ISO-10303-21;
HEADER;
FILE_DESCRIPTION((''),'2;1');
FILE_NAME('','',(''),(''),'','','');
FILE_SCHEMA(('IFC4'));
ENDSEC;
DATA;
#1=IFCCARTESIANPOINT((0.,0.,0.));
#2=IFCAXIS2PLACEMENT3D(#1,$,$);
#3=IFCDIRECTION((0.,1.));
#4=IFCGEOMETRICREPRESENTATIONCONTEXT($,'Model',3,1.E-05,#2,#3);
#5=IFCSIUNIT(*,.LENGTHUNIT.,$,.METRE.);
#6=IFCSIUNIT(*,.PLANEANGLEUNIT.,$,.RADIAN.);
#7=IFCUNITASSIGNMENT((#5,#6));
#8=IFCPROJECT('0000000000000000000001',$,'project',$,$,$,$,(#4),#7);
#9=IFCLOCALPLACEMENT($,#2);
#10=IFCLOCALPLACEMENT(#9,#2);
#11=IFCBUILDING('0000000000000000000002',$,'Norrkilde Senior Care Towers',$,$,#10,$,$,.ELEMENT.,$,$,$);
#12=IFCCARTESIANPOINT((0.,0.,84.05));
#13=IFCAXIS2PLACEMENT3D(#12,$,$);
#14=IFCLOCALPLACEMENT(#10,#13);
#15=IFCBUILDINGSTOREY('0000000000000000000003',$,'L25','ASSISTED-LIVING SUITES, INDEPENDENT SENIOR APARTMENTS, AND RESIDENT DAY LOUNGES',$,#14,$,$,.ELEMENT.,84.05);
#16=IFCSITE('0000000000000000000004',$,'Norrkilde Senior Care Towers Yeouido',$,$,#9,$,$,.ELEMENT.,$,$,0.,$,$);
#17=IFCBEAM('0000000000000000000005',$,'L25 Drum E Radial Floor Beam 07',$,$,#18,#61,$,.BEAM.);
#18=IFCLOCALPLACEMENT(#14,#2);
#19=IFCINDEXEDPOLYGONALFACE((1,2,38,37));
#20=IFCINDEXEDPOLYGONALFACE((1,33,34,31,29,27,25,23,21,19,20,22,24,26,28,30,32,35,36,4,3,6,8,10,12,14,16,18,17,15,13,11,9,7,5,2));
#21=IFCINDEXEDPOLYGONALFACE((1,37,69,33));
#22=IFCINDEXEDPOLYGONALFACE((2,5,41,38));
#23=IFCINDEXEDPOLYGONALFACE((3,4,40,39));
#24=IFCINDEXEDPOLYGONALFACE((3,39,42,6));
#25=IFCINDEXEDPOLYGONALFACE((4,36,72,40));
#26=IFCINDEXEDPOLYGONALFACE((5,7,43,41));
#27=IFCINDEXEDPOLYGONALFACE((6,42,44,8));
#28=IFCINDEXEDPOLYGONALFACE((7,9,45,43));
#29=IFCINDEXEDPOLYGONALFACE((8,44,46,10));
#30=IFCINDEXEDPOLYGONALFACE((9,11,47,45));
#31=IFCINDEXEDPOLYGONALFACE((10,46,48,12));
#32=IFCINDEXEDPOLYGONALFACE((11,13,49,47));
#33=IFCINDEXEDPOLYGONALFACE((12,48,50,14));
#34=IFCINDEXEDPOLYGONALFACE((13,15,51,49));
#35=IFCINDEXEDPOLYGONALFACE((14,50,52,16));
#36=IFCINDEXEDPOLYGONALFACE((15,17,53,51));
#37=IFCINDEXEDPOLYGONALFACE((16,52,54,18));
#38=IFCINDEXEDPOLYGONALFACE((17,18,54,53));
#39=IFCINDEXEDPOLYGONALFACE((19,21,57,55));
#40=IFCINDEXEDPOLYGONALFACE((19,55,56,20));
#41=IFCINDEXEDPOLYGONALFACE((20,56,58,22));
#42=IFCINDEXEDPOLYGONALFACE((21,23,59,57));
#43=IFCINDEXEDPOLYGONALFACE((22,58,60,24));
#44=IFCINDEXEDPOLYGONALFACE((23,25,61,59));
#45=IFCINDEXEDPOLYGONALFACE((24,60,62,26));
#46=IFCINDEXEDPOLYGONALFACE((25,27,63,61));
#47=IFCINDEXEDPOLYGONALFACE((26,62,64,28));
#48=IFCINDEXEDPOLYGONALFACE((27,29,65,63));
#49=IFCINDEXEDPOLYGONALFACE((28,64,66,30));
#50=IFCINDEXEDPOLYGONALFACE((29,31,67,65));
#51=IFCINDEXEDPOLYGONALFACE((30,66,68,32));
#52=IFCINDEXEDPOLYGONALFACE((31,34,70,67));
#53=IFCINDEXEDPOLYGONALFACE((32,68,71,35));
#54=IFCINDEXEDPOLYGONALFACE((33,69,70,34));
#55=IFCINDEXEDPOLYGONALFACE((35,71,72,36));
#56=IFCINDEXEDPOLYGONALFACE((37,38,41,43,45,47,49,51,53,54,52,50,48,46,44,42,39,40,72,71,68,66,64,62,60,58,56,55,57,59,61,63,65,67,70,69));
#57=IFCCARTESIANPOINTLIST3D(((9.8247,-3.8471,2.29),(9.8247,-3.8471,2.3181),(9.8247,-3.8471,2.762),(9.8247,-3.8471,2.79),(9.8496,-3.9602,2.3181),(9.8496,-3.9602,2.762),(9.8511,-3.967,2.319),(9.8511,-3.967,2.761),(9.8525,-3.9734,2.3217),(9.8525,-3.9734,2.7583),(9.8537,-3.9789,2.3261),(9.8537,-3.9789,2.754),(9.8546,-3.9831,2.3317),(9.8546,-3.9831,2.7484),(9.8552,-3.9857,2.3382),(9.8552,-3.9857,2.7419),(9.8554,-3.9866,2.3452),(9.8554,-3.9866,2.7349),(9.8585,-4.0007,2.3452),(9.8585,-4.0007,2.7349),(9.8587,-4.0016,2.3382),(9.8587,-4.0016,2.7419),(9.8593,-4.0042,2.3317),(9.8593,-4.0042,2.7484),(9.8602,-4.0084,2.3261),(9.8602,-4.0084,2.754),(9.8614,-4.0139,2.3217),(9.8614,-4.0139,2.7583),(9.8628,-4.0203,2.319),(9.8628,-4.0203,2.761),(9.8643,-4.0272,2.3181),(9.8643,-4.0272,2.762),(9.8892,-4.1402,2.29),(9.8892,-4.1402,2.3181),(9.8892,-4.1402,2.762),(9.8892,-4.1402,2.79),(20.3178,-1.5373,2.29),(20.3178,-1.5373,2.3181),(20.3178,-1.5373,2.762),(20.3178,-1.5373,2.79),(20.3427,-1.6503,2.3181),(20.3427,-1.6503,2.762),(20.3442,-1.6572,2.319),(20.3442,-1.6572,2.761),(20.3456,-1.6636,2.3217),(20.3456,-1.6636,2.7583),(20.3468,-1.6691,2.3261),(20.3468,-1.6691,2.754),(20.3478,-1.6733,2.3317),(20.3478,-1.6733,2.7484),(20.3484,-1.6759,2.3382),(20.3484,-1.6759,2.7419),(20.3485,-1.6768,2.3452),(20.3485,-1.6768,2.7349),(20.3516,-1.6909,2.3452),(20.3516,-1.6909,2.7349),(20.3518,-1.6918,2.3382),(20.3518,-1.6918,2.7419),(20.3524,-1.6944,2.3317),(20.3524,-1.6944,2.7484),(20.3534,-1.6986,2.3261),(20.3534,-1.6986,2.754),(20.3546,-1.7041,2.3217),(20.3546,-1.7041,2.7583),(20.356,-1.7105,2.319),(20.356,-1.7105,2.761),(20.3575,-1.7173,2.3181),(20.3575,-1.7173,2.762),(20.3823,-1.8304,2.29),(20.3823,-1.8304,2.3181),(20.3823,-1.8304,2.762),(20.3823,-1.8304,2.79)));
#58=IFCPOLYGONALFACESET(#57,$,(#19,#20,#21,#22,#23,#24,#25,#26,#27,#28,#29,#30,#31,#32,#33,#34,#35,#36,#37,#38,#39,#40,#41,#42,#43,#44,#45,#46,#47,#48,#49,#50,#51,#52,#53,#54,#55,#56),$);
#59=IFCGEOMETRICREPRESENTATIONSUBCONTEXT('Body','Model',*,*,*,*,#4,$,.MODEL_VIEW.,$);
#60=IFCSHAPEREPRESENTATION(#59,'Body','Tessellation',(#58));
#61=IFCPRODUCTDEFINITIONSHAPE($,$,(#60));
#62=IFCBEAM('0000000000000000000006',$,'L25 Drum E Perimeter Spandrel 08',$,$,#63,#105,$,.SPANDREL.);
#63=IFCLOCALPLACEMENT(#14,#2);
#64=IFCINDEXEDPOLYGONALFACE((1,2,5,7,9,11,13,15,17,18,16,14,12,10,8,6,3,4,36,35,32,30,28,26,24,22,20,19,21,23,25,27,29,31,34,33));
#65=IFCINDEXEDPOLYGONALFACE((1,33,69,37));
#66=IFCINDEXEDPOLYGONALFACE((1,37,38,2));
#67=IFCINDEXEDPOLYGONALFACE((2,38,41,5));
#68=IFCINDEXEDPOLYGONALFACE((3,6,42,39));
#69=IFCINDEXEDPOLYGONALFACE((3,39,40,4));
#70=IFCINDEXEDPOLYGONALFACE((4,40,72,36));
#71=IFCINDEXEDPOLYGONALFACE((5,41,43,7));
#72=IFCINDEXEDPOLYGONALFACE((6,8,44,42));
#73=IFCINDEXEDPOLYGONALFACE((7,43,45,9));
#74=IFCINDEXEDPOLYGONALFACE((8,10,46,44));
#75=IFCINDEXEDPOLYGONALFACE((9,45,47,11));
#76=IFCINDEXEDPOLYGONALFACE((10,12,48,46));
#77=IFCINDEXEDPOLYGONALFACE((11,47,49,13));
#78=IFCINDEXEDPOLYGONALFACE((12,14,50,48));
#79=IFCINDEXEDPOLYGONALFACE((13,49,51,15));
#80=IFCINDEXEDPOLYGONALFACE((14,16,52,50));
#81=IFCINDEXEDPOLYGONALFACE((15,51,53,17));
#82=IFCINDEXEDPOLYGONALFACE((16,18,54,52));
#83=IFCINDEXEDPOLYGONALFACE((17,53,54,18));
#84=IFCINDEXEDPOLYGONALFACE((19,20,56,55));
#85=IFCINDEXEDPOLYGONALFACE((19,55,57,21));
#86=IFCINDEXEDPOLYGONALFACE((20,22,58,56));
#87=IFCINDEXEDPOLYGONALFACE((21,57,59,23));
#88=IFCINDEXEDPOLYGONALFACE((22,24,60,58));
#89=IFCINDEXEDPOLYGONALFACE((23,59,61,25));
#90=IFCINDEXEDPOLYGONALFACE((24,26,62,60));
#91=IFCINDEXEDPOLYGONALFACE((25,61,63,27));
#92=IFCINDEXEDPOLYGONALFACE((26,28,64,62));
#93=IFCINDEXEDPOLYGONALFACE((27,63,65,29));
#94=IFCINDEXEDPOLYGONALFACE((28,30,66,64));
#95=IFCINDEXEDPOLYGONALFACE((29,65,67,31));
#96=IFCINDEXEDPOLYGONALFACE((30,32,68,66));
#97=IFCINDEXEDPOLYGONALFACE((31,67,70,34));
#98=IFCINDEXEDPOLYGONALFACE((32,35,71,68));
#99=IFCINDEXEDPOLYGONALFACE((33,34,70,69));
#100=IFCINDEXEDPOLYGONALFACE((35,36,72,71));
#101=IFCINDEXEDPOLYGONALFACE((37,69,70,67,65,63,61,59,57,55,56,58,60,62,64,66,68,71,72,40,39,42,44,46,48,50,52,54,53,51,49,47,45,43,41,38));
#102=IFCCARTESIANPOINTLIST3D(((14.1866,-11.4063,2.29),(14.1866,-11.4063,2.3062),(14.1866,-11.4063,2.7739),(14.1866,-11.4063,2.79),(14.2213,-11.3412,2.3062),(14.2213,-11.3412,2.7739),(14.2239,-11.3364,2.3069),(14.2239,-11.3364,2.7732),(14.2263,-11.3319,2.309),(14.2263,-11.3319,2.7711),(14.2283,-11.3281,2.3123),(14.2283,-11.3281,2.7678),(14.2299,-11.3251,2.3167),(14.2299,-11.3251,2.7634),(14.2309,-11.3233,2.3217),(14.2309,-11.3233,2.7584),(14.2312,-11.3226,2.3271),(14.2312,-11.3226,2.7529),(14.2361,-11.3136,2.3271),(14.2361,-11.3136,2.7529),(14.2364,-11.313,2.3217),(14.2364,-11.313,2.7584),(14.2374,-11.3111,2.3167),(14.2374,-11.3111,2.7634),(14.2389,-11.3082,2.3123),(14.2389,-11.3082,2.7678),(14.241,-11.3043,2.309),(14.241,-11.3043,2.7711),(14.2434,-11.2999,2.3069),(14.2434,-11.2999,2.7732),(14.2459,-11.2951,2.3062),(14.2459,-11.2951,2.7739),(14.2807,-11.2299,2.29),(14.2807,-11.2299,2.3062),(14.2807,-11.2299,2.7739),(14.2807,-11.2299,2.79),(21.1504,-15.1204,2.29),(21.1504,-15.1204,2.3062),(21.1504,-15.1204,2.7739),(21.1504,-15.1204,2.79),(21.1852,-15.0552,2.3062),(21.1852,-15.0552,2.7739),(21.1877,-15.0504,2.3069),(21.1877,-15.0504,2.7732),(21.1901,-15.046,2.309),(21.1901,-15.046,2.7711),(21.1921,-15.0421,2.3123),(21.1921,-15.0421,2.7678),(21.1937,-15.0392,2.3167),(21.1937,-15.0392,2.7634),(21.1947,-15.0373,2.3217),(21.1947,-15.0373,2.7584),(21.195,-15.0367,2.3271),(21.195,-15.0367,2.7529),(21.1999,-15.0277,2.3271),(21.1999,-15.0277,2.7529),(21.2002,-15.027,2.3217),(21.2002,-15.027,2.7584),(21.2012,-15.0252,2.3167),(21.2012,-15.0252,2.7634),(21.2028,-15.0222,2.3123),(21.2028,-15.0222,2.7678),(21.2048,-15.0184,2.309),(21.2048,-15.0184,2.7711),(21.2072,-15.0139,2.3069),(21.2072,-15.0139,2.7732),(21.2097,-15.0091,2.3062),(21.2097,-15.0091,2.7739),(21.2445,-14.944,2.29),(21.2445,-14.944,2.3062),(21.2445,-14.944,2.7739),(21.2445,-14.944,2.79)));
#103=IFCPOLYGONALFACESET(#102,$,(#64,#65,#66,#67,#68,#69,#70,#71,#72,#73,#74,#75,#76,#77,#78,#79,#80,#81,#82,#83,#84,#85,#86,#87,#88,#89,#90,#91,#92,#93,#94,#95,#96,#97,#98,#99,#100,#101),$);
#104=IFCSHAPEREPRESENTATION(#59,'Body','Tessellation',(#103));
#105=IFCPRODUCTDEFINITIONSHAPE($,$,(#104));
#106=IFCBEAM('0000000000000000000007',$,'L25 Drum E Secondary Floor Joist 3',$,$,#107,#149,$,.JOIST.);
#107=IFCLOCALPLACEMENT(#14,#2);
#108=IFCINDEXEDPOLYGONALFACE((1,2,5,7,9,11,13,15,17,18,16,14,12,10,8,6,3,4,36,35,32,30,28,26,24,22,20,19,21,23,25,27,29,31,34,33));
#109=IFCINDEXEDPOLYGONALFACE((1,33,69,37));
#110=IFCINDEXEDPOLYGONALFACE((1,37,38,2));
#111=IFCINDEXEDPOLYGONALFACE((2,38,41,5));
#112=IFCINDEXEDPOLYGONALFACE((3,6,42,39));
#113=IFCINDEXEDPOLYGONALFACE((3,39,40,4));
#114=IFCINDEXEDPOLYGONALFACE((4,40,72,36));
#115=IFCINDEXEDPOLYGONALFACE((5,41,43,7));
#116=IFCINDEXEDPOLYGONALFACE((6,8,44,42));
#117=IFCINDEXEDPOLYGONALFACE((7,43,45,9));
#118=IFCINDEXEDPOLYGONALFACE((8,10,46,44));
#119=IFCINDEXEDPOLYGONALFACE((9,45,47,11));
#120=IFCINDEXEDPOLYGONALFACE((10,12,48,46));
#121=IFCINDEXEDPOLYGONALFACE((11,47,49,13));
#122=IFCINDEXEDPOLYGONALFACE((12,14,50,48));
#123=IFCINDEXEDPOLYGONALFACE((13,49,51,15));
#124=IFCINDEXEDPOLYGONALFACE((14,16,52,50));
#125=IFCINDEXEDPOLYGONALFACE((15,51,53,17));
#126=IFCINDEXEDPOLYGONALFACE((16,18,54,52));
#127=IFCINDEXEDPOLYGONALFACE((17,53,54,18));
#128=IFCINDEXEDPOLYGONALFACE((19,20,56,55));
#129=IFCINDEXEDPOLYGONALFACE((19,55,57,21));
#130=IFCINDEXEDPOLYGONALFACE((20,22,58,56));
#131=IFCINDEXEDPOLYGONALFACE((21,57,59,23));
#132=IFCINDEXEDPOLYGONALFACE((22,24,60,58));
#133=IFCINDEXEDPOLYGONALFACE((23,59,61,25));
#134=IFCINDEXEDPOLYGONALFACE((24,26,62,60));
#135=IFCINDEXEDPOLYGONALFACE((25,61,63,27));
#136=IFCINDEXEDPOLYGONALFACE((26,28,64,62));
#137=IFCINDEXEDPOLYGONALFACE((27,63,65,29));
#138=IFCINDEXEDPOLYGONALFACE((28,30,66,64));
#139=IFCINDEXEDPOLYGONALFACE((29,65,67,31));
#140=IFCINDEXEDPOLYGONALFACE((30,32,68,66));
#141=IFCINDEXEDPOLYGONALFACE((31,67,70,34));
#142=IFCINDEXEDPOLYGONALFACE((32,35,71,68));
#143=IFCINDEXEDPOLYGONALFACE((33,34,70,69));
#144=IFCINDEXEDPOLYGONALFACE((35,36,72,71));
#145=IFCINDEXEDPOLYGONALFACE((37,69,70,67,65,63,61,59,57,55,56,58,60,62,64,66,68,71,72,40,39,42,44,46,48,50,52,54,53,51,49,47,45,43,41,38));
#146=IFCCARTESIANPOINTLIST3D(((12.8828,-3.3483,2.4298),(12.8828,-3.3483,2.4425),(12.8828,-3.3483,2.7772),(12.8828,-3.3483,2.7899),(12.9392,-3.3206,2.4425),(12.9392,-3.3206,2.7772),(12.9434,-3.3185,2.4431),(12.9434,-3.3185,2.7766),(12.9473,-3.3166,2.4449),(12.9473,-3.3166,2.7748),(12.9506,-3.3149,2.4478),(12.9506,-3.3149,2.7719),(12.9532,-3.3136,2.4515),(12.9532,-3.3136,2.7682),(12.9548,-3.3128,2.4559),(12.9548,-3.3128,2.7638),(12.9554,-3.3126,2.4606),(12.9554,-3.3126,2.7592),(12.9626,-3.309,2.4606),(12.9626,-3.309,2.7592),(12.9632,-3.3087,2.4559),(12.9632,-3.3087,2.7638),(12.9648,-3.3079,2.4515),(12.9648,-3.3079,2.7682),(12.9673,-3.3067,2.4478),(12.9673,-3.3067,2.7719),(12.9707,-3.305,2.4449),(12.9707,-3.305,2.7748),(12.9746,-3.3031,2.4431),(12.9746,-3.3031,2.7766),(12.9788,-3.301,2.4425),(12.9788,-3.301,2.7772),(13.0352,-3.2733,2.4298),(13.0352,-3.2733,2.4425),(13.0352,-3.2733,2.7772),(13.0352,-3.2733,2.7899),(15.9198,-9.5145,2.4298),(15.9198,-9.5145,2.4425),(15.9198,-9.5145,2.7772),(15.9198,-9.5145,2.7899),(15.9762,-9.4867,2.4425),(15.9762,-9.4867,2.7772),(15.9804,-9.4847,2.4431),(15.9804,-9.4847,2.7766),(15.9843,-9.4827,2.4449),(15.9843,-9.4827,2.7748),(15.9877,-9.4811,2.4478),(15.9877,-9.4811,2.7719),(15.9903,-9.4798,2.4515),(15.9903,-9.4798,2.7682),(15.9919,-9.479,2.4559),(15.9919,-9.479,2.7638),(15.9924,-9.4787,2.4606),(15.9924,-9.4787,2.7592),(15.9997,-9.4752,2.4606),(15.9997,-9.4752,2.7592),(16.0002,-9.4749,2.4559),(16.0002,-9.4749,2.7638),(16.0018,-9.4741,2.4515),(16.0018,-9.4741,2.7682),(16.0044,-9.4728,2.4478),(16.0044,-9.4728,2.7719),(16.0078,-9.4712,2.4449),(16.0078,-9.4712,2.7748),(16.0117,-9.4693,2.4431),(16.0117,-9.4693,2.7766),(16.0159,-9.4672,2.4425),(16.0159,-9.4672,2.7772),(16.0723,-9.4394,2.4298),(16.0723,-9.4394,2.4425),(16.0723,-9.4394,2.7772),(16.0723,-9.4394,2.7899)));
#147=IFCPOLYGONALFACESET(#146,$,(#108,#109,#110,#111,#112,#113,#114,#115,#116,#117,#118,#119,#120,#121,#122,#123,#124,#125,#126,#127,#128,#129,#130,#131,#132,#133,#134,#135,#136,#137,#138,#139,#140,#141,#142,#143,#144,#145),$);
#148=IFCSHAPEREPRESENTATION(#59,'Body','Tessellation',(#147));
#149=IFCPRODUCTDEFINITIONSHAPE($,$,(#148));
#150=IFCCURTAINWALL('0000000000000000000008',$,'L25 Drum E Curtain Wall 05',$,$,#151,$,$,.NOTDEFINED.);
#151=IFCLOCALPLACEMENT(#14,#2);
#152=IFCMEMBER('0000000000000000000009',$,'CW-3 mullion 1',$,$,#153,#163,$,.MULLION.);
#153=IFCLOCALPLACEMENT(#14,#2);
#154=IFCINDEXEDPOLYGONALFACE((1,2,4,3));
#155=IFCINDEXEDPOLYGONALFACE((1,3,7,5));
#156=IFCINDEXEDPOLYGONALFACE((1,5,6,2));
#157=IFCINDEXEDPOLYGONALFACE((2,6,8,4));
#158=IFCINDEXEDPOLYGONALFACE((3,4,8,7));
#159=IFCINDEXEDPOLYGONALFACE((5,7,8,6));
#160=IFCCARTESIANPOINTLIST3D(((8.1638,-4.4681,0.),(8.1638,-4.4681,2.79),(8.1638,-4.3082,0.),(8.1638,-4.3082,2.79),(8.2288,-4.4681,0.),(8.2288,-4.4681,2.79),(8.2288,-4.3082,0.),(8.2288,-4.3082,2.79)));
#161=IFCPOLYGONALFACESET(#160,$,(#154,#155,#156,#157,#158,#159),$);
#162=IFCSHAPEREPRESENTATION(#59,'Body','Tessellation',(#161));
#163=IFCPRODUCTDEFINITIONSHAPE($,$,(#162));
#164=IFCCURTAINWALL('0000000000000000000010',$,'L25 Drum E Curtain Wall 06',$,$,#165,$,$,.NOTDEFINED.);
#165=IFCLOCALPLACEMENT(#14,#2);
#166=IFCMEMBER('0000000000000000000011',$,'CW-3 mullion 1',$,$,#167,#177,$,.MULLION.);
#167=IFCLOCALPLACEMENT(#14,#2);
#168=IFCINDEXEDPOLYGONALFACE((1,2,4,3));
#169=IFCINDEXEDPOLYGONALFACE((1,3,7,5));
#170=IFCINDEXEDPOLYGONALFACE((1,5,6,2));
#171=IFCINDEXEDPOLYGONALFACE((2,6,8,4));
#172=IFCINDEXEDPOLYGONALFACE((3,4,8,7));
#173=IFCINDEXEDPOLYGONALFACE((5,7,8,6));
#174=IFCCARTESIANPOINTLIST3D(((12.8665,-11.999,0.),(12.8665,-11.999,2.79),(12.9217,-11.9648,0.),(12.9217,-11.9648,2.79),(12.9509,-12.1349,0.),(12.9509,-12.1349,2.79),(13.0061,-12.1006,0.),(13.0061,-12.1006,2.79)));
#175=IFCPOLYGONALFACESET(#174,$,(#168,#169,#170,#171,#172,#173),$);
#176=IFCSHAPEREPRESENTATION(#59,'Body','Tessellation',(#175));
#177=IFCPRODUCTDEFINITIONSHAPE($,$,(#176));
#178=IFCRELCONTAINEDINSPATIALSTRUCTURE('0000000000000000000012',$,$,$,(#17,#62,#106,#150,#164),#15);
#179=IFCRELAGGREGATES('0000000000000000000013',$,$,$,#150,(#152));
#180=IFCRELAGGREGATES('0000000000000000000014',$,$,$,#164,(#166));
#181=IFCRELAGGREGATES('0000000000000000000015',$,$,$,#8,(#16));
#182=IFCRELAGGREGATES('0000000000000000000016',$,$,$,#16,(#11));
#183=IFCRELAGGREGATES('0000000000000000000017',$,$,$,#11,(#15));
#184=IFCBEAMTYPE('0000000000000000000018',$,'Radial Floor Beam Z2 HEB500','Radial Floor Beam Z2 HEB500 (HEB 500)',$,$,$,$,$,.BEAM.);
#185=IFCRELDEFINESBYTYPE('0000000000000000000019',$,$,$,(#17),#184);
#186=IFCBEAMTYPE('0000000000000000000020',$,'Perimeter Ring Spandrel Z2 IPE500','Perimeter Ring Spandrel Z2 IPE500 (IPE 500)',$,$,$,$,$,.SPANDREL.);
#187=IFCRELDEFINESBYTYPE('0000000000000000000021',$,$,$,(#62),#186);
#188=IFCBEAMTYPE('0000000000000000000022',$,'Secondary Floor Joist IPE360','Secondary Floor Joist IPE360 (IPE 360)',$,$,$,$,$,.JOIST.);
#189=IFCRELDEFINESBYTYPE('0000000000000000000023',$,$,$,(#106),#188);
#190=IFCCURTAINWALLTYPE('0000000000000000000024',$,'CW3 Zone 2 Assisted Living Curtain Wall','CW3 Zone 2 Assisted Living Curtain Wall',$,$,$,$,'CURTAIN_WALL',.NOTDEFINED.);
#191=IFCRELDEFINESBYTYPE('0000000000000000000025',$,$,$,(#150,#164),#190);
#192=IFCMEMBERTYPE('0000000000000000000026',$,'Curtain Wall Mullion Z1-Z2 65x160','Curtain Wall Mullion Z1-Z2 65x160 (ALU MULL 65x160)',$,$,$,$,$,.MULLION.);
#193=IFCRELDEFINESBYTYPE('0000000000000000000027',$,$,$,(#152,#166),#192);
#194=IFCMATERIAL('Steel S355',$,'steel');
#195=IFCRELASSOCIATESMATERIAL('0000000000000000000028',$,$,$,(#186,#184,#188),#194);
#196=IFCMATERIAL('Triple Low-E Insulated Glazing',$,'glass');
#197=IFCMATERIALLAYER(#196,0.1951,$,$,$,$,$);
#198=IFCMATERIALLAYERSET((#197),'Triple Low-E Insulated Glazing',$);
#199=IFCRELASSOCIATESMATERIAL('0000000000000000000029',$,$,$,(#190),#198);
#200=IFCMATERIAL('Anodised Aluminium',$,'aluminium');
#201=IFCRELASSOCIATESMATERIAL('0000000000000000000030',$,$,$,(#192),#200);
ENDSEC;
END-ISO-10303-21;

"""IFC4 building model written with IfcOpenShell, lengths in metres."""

from ifc_helpers import new_model, si_unit, direction, frame, origin, origin_2d, place, context, subcontext, project, spatial, rectangle, i_section, extrude, source, transform, mapped, material, layer, layer_set, material_profile, profile_set, type_object, type_shapes, element, aggregate, save


model = new_model("IFC4")

# Units and contexts
model_context = context("Model", 3, precision=1e-05, world=origin(), true_north=direction((0.0, 1.0)))
body_context = subcontext(model_context, "Body", "Model", "MODEL_VIEW")
ifc_project = project(units=[si_unit("LENGTHUNIT", "METRE"), si_unit("PLANEANGLEUNIT", "RADIAN")], contexts=[model_context])

# Site, building, storey
site_placement = place(None, origin())
site = spatial("IfcSite", under=ifc_project, at=site_placement, Name="Norrkilde Senior Care Towers Yeouido", CompositionType="ELEMENT", RefElevation=0.0)
building_placement = place(site_placement, origin())
building = spatial("IfcBuilding", under=site, at=building_placement, Name="Norrkilde Senior Care Towers", CompositionType="ELEMENT")
storey_placement = place(building_placement, frame((0.0, 0.0, 84.05)))
storey = spatial("IfcBuildingStorey", under=building, at=storey_placement, Name="L25", Description="ASSISTED-LIVING SUITES, INDEPENDENT SENIOR APARTMENTS, AND RESIDENT DAY LOUNGES", CompositionType="ELEMENT", Elevation=84.05)

# Beams
ifc_material_1 = material(Name="Steel S355", Category="steel")
ifc_material_profile_1 = material_profile(ifc_material_1, i_section(OverallWidth=0.2, OverallDepth=0.5, WebThickness=0.0103, FlangeThickness=0.0161, FilletRadius=0.021, at=origin_2d()), Name="IPE 500")
ifc_profile_set_1 = profile_set([ifc_material_profile_1], Name="Steel S355")
beam_type_1 = type_object("IfcBeamType", Name="Perimeter Ring Spandrel Z2 IPE500", Description="Perimeter Ring Spandrel Z2 IPE500 (IPE 500)", PredefinedType="SPANDREL", material=ifc_profile_set_1)
ifc_material_profile_2 = material_profile(ifc_material_1, i_section(OverallWidth=0.3, OverallDepth=0.5, WebThickness=0.0144, FlangeThickness=0.0281, FilletRadius=0.0271, at=origin_2d()), Name="HEB 500")
ifc_profile_set_2 = profile_set([ifc_material_profile_2], Name="Steel S355")
beam_type_2 = type_object("IfcBeamType", Name="Radial Floor Beam Z2 HEB500", Description="Radial Floor Beam Z2 HEB500 (HEB 500)", PredefinedType="BEAM", material=ifc_profile_set_2)
shared_shape_1 = source(origin(), body_context, "Body", "SweptSolid", [
    extrude(i_section(OverallWidth=0.3, OverallDepth=0.5, WebThickness=0.0144, FlangeThickness=0.0281, FilletRadius=0.0271, at=origin_2d()), origin(), (0.0, 0.0, 1.0), 10.7444),
])
type_shapes(beam_type_2, [shared_shape_1])
beam_1_placement = place(storey_placement, frame((20.3501, -1.6838, 2.54), z_axis=(-0.976619, -0.214979, 0.0), x_axis=(0.214979, -0.976619, 0.0)))
element("IfcBeam", 1, at=beam_1_placement, inside=storey, type_object=beam_type_2, Name="L25 Drum E Radial Floor Beam 07", PredefinedType="BEAM", context=body_context, shape_type="MappedRepresentation", body=[
    mapped(shared_shape_1, transform((0.0, 0.0, 0.0), x_axis=(1.0, 0.0, 0.0), y_axis=(0.0, 1.0, 0.0), z_axis=(0.0, 0.0, 1.0), scale=1.0)),
])
shared_shape_2 = source(origin(), body_context, "Body", "SweptSolid", [
    extrude(i_section(OverallWidth=0.2, OverallDepth=0.5, WebThickness=0.0103, FlangeThickness=0.0161, FilletRadius=0.021, at=origin_2d()), origin(), (0.0, 0.0, 1.0), 7.8923),
])
beam_2_placement = place(storey_placement, frame((14.2336, -11.3181, 2.54), z_axis=(0.88235, -0.470593, 0.0), x_axis=(0.470593, 0.88235, 0.0)))
element("IfcBeam", 2, at=beam_2_placement, inside=storey, type_object=beam_type_1, Name="L25 Drum E Perimeter Spandrel 08", PredefinedType="SPANDREL", context=body_context, shape_type="MappedRepresentation", body=[
    mapped(shared_shape_2, transform((0.0, 0.0, 0.0), x_axis=(1.0, 0.0, 0.0), y_axis=(0.0, 1.0, 0.0), z_axis=(0.0, 0.0, 1.0), scale=1.0)),
])
ifc_material_profile_3 = material_profile(ifc_material_1, i_section(OverallWidth=0.1699, OverallDepth=0.3601, WebThickness=0.0081, FlangeThickness=0.0127, FilletRadius=0.0181, at=origin_2d()), Name="IPE 360")
ifc_profile_set_3 = profile_set([ifc_material_profile_3], Name="Steel S355")
beam_type_3 = type_object("IfcBeamType", Name="Secondary Floor Joist IPE360", Description="Secondary Floor Joist IPE360 (IPE 360)", PredefinedType="JOIST", material=ifc_profile_set_3)
shared_shape_3 = source(origin(), body_context, "Body", "SweptSolid", [
    extrude(i_section(OverallWidth=0.1699, OverallDepth=0.3601, WebThickness=0.0081, FlangeThickness=0.0127, FilletRadius=0.0181, at=origin_2d()), origin(), (0.0, 0.0, 1.0), 6.8735),
])
type_shapes(beam_type_3, [shared_shape_3])
beam_3_placement = place(storey_placement, frame((12.959, -3.3108, 2.6099), z_axis=(0.441849, -0.897089, 0.0), x_axis=(0.897089, 0.441849, 0.0)))
element("IfcBeam", 3, at=beam_3_placement, inside=storey, type_object=beam_type_3, Name="L25 Drum E Secondary Floor Joist 3", PredefinedType="JOIST", context=body_context, shape_type="MappedRepresentation", body=[
    mapped(shared_shape_3, transform((0.0, 0.0, 0.0), x_axis=(1.0, 0.0, 0.0), y_axis=(0.0, 1.0, 0.0), z_axis=(0.0, 0.0, 1.0), scale=1.0)),
])

# Curtain wall, member
ifc_material_2 = material(Name="Triple Low-E Insulated Glazing", Category="glass")
ifc_layer_1 = layer(ifc_material_2, 0.1951)
ifc_layer_set_1 = layer_set([ifc_layer_1], Name="Triple Low-E Insulated Glazing")
curtain_wall_type = type_object("IfcCurtainWallType", Name="CW3 Zone 2 Assisted Living Curtain Wall", Description="CW3 Zone 2 Assisted Living Curtain Wall", ElementType="CURTAIN_WALL", PredefinedType="NOTDEFINED", material=ifc_layer_set_1)
curtain_wall_1_placement = place(storey_placement, origin())
curtain_wall_1 = element("IfcCurtainWall", 4, at=curtain_wall_1_placement, inside=storey, type_object=curtain_wall_type, Name="L25 Drum E Curtain Wall 05", PredefinedType="NOTDEFINED")
ifc_material_3 = material(Name="Anodised Aluminium", Category="aluminium")
ifc_material_profile_4 = material_profile(ifc_material_3, rectangle(XDim=0.0649, YDim=0.1599, at=origin_2d()), Name="ALU MULL 65x160")
ifc_profile_set_4 = profile_set([ifc_material_profile_4], Name="Anodised Aluminium")
member_type_1 = type_object("IfcMemberType", Name="Curtain Wall Mullion Z1-Z2 65x160", Description="Curtain Wall Mullion Z1-Z2 65x160 (ALU MULL 65x160)", PredefinedType="MULLION", material=ifc_profile_set_4)
shared_shape_4 = source(origin(), body_context, "Body", "SweptSolid", [
    extrude(rectangle(XDim=0.0649, YDim=0.1599, at=origin_2d()), origin(), (0.0, 0.0, 1.0), 2.79),
])
type_shapes(member_type_1, [shared_shape_4])
member_1_placement = place(storey_placement, frame((8.1963, -4.3882, 0.0), z_axis=(0.0, 0.0, 1.0), x_axis=(-1.0, 0.0, 0.0)))
member_1 = element("IfcMember", 5, at=member_1_placement, type_object=member_type_1, Name="CW-3 mullion 1", PredefinedType="MULLION", context=body_context, shape_type="MappedRepresentation", body=[
    mapped(shared_shape_4, transform((0.0, 0.0, 0.0), x_axis=(1.0, 0.0, 0.0), y_axis=(0.0, 1.0, 0.0), z_axis=(0.0, 0.0, 1.0), scale=1.0)),
])

# Curtain wall, member
curtain_wall_2_placement = place(storey_placement, origin())
curtain_wall_2 = element("IfcCurtainWall", 6, at=curtain_wall_2_placement, inside=storey, type_object=curtain_wall_type, Name="L25 Drum E Curtain Wall 06", PredefinedType="NOTDEFINED")
member_2_placement = place(storey_placement, frame((12.9363, -12.0498, 0.0), z_axis=(0.0, 0.0, 1.0), x_axis=(-0.84941, -0.527733, 0.0)))
member_2 = element("IfcMember", 7, at=member_2_placement, type_object=member_type_1, Name="CW-3 mullion 1", PredefinedType="MULLION", context=body_context, shape_type="MappedRepresentation", body=[
    mapped(shared_shape_4, transform((0.0, 0.0, 0.0), x_axis=(1.0, 0.0, 0.0), y_axis=(0.0, 1.0, 0.0), z_axis=(0.0, 0.0, 1.0), scale=1.0)),
])

aggregate(curtain_wall_1, [member_1])

aggregate(curtain_wall_2, [member_2])

save(model, "model.ifc")
